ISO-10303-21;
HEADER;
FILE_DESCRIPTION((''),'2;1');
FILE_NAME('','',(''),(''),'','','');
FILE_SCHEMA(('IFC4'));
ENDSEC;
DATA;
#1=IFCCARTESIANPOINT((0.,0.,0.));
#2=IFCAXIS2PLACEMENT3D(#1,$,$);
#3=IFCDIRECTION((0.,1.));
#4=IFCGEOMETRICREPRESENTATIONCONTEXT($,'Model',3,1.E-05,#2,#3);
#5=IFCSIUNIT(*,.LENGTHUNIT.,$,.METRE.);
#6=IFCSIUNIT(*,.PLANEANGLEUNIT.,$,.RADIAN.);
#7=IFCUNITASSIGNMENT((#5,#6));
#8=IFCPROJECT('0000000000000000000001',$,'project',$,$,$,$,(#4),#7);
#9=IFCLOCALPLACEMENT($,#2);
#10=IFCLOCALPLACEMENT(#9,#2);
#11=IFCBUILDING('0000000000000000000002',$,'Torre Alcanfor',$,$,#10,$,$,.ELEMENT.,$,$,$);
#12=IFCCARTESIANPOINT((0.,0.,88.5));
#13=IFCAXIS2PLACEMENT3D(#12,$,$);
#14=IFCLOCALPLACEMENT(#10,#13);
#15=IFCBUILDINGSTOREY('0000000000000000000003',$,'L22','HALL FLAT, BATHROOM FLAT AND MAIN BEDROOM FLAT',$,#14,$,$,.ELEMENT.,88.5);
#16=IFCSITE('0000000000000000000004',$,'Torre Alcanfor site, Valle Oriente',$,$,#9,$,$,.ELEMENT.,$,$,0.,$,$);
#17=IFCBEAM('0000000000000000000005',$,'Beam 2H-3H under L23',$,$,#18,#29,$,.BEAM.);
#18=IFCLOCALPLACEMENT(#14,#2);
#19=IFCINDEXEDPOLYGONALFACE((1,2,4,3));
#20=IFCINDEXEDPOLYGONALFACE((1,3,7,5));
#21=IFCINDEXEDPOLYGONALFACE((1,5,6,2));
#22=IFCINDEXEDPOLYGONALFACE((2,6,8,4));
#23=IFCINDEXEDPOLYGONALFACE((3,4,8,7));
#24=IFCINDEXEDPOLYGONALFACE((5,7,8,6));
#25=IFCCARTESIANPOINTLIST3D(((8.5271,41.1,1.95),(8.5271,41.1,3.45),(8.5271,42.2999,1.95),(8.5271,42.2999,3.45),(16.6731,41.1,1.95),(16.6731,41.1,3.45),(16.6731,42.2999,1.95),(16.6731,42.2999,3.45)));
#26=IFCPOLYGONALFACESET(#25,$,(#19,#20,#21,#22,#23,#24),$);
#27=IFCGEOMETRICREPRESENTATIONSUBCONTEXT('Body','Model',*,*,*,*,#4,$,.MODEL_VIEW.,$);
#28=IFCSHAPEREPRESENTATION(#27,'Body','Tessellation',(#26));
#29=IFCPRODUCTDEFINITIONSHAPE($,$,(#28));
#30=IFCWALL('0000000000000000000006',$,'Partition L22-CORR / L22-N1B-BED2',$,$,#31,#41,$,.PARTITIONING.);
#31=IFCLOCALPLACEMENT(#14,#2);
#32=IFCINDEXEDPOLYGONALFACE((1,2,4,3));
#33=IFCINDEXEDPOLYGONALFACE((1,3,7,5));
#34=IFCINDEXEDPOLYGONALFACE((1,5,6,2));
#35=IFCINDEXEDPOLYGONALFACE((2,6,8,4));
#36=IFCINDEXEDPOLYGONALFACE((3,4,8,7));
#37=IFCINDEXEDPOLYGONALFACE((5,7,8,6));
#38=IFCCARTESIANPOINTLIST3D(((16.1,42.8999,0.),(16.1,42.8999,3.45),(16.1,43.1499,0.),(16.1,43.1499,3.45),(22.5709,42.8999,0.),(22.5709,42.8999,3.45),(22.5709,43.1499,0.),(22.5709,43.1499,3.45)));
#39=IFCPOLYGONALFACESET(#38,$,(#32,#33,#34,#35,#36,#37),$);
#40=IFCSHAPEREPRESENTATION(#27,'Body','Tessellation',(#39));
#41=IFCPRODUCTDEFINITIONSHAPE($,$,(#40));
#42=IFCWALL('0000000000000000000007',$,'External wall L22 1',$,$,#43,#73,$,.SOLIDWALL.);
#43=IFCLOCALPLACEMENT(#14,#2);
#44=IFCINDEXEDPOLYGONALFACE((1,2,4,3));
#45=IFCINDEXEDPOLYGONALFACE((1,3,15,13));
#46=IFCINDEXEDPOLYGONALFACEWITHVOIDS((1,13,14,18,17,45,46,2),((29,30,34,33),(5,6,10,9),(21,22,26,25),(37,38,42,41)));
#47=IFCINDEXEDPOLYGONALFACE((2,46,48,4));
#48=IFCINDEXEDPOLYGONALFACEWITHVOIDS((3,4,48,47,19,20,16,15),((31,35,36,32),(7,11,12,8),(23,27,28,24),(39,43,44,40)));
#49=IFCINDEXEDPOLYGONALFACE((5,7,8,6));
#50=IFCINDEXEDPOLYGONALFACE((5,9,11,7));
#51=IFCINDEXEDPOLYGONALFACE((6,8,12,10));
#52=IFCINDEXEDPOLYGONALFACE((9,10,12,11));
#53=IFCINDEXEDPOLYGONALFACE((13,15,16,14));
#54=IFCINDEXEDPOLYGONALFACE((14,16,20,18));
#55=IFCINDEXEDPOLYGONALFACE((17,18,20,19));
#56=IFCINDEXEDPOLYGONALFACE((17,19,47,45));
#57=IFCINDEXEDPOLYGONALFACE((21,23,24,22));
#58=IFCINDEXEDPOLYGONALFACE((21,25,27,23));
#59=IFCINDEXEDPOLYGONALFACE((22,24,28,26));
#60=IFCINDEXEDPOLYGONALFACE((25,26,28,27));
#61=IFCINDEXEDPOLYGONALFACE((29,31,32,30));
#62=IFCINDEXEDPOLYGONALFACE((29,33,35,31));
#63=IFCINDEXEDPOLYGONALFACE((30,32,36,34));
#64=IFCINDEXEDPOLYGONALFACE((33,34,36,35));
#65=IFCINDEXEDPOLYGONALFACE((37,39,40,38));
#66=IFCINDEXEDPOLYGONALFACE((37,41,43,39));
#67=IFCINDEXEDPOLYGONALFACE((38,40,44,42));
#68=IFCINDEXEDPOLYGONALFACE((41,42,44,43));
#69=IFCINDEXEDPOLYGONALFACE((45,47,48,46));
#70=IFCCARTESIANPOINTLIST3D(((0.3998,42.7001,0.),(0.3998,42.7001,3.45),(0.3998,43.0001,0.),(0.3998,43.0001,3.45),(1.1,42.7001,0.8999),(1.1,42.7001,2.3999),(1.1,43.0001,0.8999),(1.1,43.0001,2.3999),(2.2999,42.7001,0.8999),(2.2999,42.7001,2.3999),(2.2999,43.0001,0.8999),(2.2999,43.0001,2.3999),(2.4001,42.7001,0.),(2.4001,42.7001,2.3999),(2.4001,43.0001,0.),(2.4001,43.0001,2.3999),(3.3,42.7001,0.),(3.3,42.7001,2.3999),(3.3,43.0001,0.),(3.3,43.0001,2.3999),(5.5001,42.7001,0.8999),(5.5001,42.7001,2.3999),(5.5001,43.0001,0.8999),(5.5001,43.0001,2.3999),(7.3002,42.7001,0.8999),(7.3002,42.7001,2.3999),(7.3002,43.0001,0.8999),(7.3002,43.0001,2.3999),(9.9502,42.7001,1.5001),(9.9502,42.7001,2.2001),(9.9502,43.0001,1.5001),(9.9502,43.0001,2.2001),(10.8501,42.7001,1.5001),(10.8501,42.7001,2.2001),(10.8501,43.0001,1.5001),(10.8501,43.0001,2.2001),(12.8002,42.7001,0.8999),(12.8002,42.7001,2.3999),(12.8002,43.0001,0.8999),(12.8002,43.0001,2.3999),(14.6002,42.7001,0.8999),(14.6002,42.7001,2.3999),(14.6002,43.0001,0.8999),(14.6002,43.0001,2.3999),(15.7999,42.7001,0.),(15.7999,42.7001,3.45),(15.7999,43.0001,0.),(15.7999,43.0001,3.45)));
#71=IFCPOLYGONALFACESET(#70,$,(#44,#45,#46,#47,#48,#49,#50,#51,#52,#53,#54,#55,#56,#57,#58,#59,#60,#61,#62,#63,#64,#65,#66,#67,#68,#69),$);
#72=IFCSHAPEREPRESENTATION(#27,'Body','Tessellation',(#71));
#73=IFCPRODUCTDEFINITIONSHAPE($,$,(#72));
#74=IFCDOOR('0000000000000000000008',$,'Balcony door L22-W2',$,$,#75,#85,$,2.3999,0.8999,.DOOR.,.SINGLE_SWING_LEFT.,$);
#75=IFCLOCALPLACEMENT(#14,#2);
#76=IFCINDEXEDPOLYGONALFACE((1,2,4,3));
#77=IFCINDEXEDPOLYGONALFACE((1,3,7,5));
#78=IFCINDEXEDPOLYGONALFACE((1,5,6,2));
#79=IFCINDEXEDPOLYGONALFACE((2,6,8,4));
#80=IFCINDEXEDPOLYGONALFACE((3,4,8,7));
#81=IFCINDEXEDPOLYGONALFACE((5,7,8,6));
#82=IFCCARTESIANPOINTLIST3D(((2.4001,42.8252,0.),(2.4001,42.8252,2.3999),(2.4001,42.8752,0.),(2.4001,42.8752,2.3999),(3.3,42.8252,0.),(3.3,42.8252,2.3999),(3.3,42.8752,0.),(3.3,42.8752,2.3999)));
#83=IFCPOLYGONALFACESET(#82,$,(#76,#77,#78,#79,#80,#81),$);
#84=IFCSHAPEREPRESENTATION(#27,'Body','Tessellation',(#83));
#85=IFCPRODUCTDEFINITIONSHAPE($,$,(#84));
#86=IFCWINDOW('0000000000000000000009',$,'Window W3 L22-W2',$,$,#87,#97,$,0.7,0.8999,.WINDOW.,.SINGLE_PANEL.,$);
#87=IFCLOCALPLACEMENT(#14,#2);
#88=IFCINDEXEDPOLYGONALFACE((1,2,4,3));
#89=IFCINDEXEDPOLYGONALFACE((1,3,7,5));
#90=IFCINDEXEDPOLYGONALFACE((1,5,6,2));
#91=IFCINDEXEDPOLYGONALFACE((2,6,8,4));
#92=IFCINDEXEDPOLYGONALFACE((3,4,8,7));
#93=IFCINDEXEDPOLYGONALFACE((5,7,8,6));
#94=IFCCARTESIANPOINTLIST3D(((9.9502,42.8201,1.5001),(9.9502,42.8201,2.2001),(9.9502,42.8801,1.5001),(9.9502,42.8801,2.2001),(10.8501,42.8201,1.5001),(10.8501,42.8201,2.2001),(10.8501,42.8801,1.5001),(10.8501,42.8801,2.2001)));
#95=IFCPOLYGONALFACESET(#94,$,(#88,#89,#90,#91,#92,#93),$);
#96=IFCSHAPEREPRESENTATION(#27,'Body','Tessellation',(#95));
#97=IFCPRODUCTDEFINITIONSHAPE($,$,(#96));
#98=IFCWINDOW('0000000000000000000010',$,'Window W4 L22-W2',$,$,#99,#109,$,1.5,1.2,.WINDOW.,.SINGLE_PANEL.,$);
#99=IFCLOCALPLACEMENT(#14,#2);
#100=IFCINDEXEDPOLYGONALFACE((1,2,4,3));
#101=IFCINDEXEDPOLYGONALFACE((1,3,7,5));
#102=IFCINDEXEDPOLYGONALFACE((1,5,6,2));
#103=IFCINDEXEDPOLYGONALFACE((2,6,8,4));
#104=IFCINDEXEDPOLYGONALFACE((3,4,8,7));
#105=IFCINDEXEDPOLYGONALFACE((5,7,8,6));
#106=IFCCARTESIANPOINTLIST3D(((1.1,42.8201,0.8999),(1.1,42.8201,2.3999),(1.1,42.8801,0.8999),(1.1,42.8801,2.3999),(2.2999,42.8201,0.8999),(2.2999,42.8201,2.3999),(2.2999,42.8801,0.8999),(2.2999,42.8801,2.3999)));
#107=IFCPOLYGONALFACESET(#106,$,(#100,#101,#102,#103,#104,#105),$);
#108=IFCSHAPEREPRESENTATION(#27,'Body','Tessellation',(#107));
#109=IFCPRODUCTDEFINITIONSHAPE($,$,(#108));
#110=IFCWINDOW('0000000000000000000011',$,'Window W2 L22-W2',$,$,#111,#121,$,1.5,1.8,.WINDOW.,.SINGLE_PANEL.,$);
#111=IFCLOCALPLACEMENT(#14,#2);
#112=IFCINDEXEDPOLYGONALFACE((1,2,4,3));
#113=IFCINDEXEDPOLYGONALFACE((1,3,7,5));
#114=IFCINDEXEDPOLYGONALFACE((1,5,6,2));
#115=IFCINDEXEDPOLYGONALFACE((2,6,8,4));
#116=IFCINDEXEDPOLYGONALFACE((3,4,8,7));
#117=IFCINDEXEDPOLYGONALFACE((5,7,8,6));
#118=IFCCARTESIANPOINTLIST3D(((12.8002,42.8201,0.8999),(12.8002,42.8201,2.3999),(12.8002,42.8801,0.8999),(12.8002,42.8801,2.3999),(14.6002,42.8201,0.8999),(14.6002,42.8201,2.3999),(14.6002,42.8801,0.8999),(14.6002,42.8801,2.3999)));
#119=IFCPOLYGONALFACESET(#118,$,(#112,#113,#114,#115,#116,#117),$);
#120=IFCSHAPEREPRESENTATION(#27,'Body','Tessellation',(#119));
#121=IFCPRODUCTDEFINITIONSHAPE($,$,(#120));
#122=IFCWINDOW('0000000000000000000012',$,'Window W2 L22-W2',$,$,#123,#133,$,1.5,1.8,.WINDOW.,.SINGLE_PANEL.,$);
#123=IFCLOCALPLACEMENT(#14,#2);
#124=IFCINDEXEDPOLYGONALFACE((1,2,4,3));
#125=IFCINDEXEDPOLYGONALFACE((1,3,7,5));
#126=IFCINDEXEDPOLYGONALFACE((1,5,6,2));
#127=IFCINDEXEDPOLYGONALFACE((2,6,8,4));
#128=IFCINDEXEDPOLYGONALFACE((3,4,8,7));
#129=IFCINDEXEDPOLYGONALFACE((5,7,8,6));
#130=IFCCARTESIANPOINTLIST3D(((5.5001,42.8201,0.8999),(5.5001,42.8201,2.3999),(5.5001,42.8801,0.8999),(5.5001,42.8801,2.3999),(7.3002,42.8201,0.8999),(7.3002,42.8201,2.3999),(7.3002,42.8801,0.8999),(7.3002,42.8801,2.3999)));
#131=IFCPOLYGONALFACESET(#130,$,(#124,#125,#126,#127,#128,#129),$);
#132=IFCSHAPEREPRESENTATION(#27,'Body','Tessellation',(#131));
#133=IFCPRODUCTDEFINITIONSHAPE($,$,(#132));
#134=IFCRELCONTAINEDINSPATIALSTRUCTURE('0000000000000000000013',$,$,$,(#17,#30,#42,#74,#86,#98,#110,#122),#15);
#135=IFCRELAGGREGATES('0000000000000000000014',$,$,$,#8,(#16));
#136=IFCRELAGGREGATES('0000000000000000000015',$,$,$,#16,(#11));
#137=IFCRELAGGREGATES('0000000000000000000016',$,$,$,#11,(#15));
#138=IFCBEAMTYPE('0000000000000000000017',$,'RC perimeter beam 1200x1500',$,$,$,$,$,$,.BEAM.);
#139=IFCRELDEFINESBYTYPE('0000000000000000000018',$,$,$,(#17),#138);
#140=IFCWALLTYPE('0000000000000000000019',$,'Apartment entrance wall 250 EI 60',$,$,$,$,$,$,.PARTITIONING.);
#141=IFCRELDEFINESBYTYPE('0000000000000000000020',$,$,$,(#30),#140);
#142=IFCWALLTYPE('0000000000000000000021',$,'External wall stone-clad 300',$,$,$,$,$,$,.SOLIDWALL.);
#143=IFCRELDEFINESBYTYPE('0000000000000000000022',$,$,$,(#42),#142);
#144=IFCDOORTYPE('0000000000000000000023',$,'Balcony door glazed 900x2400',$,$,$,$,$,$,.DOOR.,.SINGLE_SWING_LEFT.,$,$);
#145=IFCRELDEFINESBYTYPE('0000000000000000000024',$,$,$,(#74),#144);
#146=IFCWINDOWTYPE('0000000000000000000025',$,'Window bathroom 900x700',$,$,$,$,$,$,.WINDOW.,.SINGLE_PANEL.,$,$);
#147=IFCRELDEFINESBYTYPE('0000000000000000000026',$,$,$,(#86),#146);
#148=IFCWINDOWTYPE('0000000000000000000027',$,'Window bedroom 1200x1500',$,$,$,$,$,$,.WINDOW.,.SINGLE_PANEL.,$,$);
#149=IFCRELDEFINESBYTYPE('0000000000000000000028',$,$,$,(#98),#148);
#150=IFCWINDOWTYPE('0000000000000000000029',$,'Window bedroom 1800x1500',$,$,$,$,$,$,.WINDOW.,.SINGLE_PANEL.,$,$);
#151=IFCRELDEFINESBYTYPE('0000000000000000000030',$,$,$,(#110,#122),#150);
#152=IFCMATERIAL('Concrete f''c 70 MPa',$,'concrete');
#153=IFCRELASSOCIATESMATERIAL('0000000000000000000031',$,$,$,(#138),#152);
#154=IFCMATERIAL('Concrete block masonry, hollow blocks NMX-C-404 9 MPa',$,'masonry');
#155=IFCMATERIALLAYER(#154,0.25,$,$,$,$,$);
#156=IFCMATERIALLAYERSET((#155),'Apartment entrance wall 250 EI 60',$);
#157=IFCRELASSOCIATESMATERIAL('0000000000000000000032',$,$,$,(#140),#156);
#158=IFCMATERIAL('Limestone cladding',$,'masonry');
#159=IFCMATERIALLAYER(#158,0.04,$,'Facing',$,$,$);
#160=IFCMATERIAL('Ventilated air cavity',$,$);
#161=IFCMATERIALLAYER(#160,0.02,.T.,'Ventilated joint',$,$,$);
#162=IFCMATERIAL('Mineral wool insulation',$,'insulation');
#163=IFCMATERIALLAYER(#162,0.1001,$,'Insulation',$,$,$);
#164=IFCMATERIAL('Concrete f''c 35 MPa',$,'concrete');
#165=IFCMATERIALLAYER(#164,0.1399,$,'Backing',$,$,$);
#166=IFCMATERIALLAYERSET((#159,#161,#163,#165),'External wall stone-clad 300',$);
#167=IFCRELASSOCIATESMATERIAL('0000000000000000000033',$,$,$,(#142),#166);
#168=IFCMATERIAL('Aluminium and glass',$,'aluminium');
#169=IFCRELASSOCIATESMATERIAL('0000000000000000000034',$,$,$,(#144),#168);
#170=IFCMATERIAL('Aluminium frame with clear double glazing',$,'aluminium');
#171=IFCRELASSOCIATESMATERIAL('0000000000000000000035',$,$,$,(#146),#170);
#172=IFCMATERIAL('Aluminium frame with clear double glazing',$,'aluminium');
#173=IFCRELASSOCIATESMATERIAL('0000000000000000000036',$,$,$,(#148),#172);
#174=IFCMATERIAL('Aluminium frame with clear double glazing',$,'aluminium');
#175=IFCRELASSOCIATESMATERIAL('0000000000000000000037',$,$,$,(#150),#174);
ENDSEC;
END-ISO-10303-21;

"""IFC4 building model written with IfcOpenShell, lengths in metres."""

from ifc_helpers import new_model, si_unit, direction, frame, frame_2d, origin, origin_2d, place, context, subcontext, project, spatial, rectangle, extrude, material, layer, layer_set, material_profile, profile_set, type_object, element, fill, save


model = new_model("IFC4")

# Units and contexts
model_context = context("Model", 3, precision=1e-05, world=origin(), true_north=direction((0.0, 1.0)))
body_context = subcontext(model_context, "Body", "Model", "MODEL_VIEW")
ifc_project = project(units=[si_unit("LENGTHUNIT", "METRE"), si_unit("PLANEANGLEUNIT", "RADIAN")], contexts=[model_context])

# Site, building, storey
site_placement = place(None, origin())
site = spatial("IfcSite", under=ifc_project, at=site_placement, Name="Torre Alcanfor site, Valle Oriente", CompositionType="ELEMENT", RefElevation=0.0)
building_placement = place(site_placement, origin())
building = spatial("IfcBuilding", under=site, at=building_placement, Name="Torre Alcanfor", CompositionType="ELEMENT")
storey_placement = place(building_placement, frame((0.0, 0.0, 88.5)))
storey = spatial("IfcBuildingStorey", under=building, at=storey_placement, Name="L22", Description="HALL FLAT, BATHROOM FLAT AND MAIN BEDROOM FLAT", CompositionType="ELEMENT", Elevation=88.5)

# Beam
ifc_material_1 = material(Name="Concrete f'c 70 MPa", Category="concrete")
ifc_material_profile_1 = material_profile(ifc_material_1, rectangle(XDim=1.2, YDim=1.5, at=origin_2d()), Name="1200x1500")
ifc_profile_set_1 = profile_set([ifc_material_profile_1], Name="Concrete f'c 70 MPa")
beam_type_1 = type_object("IfcBeamType", Name="RC perimeter beam 1200x1500", PredefinedType="BEAM", material=ifc_profile_set_1)
beam_1_placement = place(storey_placement, frame((8.5271, 41.7, 2.7), z_axis=(1.0, 0.0, 0.0), x_axis=(0.0, 1.0, 0.0)))
element("IfcBeam", 1, at=beam_1_placement, inside=storey, type_object=beam_type_1, Name="Beam 2H-3H under L23", PredefinedType="BEAM", context=body_context, shape_type="SweptSolid", body=[
    extrude(rectangle(XDim=1.2, YDim=1.5, at=origin_2d()), origin(), (0.0, 0.0, 1.0), 8.146),
])

# Wall
ifc_material_2 = material(Name="Concrete block masonry, hollow blocks NMX-C-404 9 MPa", Category="masonry")
ifc_layer_1 = layer(ifc_material_2, 0.25)
ifc_layer_set_1 = layer_set([ifc_layer_1], Name="Apartment entrance wall 250 EI 60")
wall_type_1 = type_object("IfcWallType", Name="Apartment entrance wall 250 EI 60", PredefinedType="PARTITIONING", material=ifc_layer_set_1)
wall_1_placement = place(storey_placement, frame((16.1001, 43.0249, 0.0), z_axis=(0.0, 0.0, 1.0), x_axis=(1.0, 0.0, 0.0)))
element("IfcWall", 2, at=wall_1_placement, inside=storey, type_object=wall_type_1, Name="Partition L22-CORR / L22-N1B-BED2", PredefinedType="PARTITIONING", context=body_context, shape_type="SweptSolid", body=[
    extrude(rectangle(XDim=6.4709, YDim=0.25, at=frame_2d((3.2354, 0.0))), origin(), (0.0, 0.0, 1.0), 3.45),
])

# Wall, openings, door, windows
ifc_material_3 = material(Name="Limestone cladding", Category="masonry")
ifc_layer_2 = layer(ifc_material_3, 0.04, Name="Facing")
ifc_material_4 = material(Name="Ventilated air cavity")
ifc_layer_3 = layer(ifc_material_4, 0.02, ventilated=True, Name="Ventilated joint")
ifc_material_5 = material(Name="Mineral wool insulation", Category="insulation")
ifc_layer_4 = layer(ifc_material_5, 0.1001, Name="Insulation")
ifc_material_6 = material(Name="Concrete f'c 35 MPa", Category="concrete")
ifc_layer_5 = layer(ifc_material_6, 0.1399, Name="Backing")
ifc_layer_set_2 = layer_set([ifc_layer_2, ifc_layer_3, ifc_layer_4, ifc_layer_5], Name="External wall stone-clad 300")
wall_type_2 = type_object("IfcWallType", Name="External wall stone-clad 300", PredefinedType="SOLIDWALL", material=ifc_layer_set_2)
wall_2_placement = place(storey_placement, frame((15.8, 42.8501, 0.0), z_axis=(0.0, 0.0, 1.0), x_axis=(-1.0, 0.0, 0.0)))
wall_2 = element("IfcWall", 3, at=wall_2_placement, inside=storey, type_object=wall_type_2, Name="External wall L22 1", PredefinedType="SOLIDWALL", context=body_context, shape_type="SweptSolid", body=[
    extrude(rectangle(XDim=15.4001, YDim=0.3, at=frame_2d((7.7002, 0.0))), origin(), (0.0, 0.0, 1.0), 3.45),
])
opening_1_placement = place(wall_2_placement, frame((1.2, 0.0, 0.8999)))
opening_1 = element("IfcOpeningElement", 4, at=opening_1_placement, cuts=wall_2, PredefinedType="OPENING", context=body_context, shape_type="SweptSolid", body=[
    extrude(rectangle(XDim=1.8, YDim=1.5, at=frame_2d((0.8999, 0.75))), frame((0.0, 0.1599, 0.0), z_axis=(0.0, -1.0, 0.0), x_axis=(1.0, 0.0, 0.0)), (0.0, 0.0, 1.0), 0.3201),
])
opening_2_placement = place(wall_2_placement, frame((4.95, 0.0, 1.5)))
opening_2 = element("IfcOpeningElement", 5, at=opening_2_placement, cuts=wall_2, PredefinedType="OPENING", context=body_context, shape_type="SweptSolid", body=[
    extrude(rectangle(XDim=0.8999, YDim=0.7, at=frame_2d((0.45, 0.3501))), frame((0.0, 0.1599, 0.0), z_axis=(0.0, -1.0, 0.0), x_axis=(1.0, 0.0, 0.0)), (0.0, 0.0, 1.0), 0.3201),
])
opening_3_placement = place(wall_2_placement, frame((8.5, 0.0, 0.8999)))
opening_3 = element("IfcOpeningElement", 6, at=opening_3_placement, cuts=wall_2, PredefinedType="OPENING", context=body_context, shape_type="SweptSolid", body=[
    extrude(rectangle(XDim=1.8, YDim=1.5, at=frame_2d((0.8999, 0.75))), frame((0.0, 0.1599, 0.0), z_axis=(0.0, -1.0, 0.0), x_axis=(1.0, 0.0, 0.0)), (0.0, 0.0, 1.0), 0.3201),
])
opening_4_placement = place(wall_2_placement, frame((12.5, 0.0, 0.0)))
opening_4 = element("IfcOpeningElement", 7, at=opening_4_placement, cuts=wall_2, PredefinedType="OPENING", context=body_context, shape_type="SweptSolid", body=[
    extrude(rectangle(XDim=0.8999, YDim=2.3999, at=frame_2d((0.45, 1.2))), frame((0.0, 0.1599, 0.0), z_axis=(0.0, -1.0, 0.0), x_axis=(1.0, 0.0, 0.0)), (0.0, 0.0, 1.0), 0.3201),
])
opening_5_placement = place(wall_2_placement, frame((13.5, 0.0, 0.8999)))
opening_5 = element("IfcOpeningElement", 8, at=opening_5_placement, cuts=wall_2, PredefinedType="OPENING", context=body_context, shape_type="SweptSolid", body=[
    extrude(rectangle(XDim=1.2, YDim=1.5, at=frame_2d((0.6001, 0.75))), frame((0.0, 0.1599, 0.0), z_axis=(0.0, -1.0, 0.0), x_axis=(1.0, 0.0, 0.0)), (0.0, 0.0, 1.0), 0.3201),
])
ifc_material_7 = material(Name="Aluminium and glass", Category="aluminium")
door_type = type_object("IfcDoorType", Name="Balcony door glazed 900x2400", OperationType="SINGLE_SWING_LEFT", PredefinedType="DOOR", material=ifc_material_7)
door_1_placement = place(opening_4_placement, origin())
door_1 = element("IfcDoor", 9, at=door_1_placement, inside=storey, type_object=door_type, Name="Balcony door L22-W2", OperationType="SINGLE_SWING_LEFT", OverallHeight=2.3999, OverallWidth=0.8999, PredefinedType="DOOR", context=body_context, shape_type="SweptSolid", body=[
    extrude(rectangle(XDim=0.8999, YDim=2.3999, at=frame_2d((0.45, 1.2))), frame((0.0, 0.0249, 0.0), z_axis=(0.0, -1.0, 0.0), x_axis=(1.0, 0.0, 0.0)), (0.0, 0.0, 1.0), 0.05),
])
fill(opening_4, door_1)
ifc_material_8 = material(Name="Aluminium frame with clear double glazing", Category="aluminium")
window_type_1 = type_object("IfcWindowType", Name="Window bathroom 900x700", PartitioningType="SINGLE_PANEL", PredefinedType="WINDOW", material=ifc_material_8)
window_1_placement = place(opening_2_placement, origin())
window_1 = element("IfcWindow", 10, at=window_1_placement, inside=storey, type_object=window_type_1, Name="Window W3 L22-W2", OverallHeight=0.7, OverallWidth=0.8999, PartitioningType="SINGLE_PANEL", PredefinedType="WINDOW", context=body_context, shape_type="SweptSolid", body=[
    extrude(rectangle(XDim=0.8999, YDim=0.7, at=frame_2d((0.45, 0.3501))), frame((0.0, 0.03, 0.0), z_axis=(0.0, -1.0, 0.0), x_axis=(1.0, 0.0, 0.0)), (0.0, 0.0, 1.0), 0.0601),
])
fill(opening_2, window_1)
ifc_material_9 = material(Name="Aluminium frame with clear double glazing", Category="aluminium")
window_type_2 = type_object("IfcWindowType", Name="Window bedroom 1200x1500", PartitioningType="SINGLE_PANEL", PredefinedType="WINDOW", material=ifc_material_9)
window_2_placement = place(opening_5_placement, origin())
window_2 = element("IfcWindow", 11, at=window_2_placement, inside=storey, type_object=window_type_2, Name="Window W4 L22-W2", OverallHeight=1.5, OverallWidth=1.2, PartitioningType="SINGLE_PANEL", PredefinedType="WINDOW", context=body_context, shape_type="SweptSolid", body=[
    extrude(rectangle(XDim=1.2, YDim=1.5, at=frame_2d((0.6001, 0.75))), frame((0.0, 0.03, 0.0), z_axis=(0.0, -1.0, 0.0), x_axis=(1.0, 0.0, 0.0)), (0.0, 0.0, 1.0), 0.0601),
])
fill(opening_5, window_2)
ifc_material_10 = material(Name="Aluminium frame with clear double glazing", Category="aluminium")
window_type_3 = type_object("IfcWindowType", Name="Window bedroom 1800x1500", PartitioningType="SINGLE_PANEL", PredefinedType="WINDOW", material=ifc_material_10)
window_3_placement = place(opening_1_placement, origin())
window_3 = element("IfcWindow", 12, at=window_3_placement, inside=storey, type_object=window_type_3, Name="Window W2 L22-W2", OverallHeight=1.5, OverallWidth=1.8, PartitioningType="SINGLE_PANEL", PredefinedType="WINDOW", context=body_context, shape_type="SweptSolid", body=[
    extrude(rectangle(XDim=1.8, YDim=1.5, at=frame_2d((0.8999, 0.75))), frame((0.0, 0.03, 0.0), z_axis=(0.0, -1.0, 0.0), x_axis=(1.0, 0.0, 0.0)), (0.0, 0.0, 1.0), 0.0601),
])
fill(opening_1, window_3)
window_4_placement = place(opening_3_placement, origin())
window_4 = element("IfcWindow", 13, at=window_4_placement, inside=storey, type_object=window_type_3, Name="Window W2 L22-W2", OverallHeight=1.5, OverallWidth=1.8, PartitioningType="SINGLE_PANEL", PredefinedType="WINDOW", context=body_context, shape_type="SweptSolid", body=[
    extrude(rectangle(XDim=1.8, YDim=1.5, at=frame_2d((0.8999, 0.75))), frame((0.0, 0.03, 0.0), z_axis=(0.0, -1.0, 0.0), x_axis=(1.0, 0.0, 0.0)), (0.0, 0.0, 1.0), 0.0601),
])
fill(opening_3, window_4)

save(model, "model.ifc")
